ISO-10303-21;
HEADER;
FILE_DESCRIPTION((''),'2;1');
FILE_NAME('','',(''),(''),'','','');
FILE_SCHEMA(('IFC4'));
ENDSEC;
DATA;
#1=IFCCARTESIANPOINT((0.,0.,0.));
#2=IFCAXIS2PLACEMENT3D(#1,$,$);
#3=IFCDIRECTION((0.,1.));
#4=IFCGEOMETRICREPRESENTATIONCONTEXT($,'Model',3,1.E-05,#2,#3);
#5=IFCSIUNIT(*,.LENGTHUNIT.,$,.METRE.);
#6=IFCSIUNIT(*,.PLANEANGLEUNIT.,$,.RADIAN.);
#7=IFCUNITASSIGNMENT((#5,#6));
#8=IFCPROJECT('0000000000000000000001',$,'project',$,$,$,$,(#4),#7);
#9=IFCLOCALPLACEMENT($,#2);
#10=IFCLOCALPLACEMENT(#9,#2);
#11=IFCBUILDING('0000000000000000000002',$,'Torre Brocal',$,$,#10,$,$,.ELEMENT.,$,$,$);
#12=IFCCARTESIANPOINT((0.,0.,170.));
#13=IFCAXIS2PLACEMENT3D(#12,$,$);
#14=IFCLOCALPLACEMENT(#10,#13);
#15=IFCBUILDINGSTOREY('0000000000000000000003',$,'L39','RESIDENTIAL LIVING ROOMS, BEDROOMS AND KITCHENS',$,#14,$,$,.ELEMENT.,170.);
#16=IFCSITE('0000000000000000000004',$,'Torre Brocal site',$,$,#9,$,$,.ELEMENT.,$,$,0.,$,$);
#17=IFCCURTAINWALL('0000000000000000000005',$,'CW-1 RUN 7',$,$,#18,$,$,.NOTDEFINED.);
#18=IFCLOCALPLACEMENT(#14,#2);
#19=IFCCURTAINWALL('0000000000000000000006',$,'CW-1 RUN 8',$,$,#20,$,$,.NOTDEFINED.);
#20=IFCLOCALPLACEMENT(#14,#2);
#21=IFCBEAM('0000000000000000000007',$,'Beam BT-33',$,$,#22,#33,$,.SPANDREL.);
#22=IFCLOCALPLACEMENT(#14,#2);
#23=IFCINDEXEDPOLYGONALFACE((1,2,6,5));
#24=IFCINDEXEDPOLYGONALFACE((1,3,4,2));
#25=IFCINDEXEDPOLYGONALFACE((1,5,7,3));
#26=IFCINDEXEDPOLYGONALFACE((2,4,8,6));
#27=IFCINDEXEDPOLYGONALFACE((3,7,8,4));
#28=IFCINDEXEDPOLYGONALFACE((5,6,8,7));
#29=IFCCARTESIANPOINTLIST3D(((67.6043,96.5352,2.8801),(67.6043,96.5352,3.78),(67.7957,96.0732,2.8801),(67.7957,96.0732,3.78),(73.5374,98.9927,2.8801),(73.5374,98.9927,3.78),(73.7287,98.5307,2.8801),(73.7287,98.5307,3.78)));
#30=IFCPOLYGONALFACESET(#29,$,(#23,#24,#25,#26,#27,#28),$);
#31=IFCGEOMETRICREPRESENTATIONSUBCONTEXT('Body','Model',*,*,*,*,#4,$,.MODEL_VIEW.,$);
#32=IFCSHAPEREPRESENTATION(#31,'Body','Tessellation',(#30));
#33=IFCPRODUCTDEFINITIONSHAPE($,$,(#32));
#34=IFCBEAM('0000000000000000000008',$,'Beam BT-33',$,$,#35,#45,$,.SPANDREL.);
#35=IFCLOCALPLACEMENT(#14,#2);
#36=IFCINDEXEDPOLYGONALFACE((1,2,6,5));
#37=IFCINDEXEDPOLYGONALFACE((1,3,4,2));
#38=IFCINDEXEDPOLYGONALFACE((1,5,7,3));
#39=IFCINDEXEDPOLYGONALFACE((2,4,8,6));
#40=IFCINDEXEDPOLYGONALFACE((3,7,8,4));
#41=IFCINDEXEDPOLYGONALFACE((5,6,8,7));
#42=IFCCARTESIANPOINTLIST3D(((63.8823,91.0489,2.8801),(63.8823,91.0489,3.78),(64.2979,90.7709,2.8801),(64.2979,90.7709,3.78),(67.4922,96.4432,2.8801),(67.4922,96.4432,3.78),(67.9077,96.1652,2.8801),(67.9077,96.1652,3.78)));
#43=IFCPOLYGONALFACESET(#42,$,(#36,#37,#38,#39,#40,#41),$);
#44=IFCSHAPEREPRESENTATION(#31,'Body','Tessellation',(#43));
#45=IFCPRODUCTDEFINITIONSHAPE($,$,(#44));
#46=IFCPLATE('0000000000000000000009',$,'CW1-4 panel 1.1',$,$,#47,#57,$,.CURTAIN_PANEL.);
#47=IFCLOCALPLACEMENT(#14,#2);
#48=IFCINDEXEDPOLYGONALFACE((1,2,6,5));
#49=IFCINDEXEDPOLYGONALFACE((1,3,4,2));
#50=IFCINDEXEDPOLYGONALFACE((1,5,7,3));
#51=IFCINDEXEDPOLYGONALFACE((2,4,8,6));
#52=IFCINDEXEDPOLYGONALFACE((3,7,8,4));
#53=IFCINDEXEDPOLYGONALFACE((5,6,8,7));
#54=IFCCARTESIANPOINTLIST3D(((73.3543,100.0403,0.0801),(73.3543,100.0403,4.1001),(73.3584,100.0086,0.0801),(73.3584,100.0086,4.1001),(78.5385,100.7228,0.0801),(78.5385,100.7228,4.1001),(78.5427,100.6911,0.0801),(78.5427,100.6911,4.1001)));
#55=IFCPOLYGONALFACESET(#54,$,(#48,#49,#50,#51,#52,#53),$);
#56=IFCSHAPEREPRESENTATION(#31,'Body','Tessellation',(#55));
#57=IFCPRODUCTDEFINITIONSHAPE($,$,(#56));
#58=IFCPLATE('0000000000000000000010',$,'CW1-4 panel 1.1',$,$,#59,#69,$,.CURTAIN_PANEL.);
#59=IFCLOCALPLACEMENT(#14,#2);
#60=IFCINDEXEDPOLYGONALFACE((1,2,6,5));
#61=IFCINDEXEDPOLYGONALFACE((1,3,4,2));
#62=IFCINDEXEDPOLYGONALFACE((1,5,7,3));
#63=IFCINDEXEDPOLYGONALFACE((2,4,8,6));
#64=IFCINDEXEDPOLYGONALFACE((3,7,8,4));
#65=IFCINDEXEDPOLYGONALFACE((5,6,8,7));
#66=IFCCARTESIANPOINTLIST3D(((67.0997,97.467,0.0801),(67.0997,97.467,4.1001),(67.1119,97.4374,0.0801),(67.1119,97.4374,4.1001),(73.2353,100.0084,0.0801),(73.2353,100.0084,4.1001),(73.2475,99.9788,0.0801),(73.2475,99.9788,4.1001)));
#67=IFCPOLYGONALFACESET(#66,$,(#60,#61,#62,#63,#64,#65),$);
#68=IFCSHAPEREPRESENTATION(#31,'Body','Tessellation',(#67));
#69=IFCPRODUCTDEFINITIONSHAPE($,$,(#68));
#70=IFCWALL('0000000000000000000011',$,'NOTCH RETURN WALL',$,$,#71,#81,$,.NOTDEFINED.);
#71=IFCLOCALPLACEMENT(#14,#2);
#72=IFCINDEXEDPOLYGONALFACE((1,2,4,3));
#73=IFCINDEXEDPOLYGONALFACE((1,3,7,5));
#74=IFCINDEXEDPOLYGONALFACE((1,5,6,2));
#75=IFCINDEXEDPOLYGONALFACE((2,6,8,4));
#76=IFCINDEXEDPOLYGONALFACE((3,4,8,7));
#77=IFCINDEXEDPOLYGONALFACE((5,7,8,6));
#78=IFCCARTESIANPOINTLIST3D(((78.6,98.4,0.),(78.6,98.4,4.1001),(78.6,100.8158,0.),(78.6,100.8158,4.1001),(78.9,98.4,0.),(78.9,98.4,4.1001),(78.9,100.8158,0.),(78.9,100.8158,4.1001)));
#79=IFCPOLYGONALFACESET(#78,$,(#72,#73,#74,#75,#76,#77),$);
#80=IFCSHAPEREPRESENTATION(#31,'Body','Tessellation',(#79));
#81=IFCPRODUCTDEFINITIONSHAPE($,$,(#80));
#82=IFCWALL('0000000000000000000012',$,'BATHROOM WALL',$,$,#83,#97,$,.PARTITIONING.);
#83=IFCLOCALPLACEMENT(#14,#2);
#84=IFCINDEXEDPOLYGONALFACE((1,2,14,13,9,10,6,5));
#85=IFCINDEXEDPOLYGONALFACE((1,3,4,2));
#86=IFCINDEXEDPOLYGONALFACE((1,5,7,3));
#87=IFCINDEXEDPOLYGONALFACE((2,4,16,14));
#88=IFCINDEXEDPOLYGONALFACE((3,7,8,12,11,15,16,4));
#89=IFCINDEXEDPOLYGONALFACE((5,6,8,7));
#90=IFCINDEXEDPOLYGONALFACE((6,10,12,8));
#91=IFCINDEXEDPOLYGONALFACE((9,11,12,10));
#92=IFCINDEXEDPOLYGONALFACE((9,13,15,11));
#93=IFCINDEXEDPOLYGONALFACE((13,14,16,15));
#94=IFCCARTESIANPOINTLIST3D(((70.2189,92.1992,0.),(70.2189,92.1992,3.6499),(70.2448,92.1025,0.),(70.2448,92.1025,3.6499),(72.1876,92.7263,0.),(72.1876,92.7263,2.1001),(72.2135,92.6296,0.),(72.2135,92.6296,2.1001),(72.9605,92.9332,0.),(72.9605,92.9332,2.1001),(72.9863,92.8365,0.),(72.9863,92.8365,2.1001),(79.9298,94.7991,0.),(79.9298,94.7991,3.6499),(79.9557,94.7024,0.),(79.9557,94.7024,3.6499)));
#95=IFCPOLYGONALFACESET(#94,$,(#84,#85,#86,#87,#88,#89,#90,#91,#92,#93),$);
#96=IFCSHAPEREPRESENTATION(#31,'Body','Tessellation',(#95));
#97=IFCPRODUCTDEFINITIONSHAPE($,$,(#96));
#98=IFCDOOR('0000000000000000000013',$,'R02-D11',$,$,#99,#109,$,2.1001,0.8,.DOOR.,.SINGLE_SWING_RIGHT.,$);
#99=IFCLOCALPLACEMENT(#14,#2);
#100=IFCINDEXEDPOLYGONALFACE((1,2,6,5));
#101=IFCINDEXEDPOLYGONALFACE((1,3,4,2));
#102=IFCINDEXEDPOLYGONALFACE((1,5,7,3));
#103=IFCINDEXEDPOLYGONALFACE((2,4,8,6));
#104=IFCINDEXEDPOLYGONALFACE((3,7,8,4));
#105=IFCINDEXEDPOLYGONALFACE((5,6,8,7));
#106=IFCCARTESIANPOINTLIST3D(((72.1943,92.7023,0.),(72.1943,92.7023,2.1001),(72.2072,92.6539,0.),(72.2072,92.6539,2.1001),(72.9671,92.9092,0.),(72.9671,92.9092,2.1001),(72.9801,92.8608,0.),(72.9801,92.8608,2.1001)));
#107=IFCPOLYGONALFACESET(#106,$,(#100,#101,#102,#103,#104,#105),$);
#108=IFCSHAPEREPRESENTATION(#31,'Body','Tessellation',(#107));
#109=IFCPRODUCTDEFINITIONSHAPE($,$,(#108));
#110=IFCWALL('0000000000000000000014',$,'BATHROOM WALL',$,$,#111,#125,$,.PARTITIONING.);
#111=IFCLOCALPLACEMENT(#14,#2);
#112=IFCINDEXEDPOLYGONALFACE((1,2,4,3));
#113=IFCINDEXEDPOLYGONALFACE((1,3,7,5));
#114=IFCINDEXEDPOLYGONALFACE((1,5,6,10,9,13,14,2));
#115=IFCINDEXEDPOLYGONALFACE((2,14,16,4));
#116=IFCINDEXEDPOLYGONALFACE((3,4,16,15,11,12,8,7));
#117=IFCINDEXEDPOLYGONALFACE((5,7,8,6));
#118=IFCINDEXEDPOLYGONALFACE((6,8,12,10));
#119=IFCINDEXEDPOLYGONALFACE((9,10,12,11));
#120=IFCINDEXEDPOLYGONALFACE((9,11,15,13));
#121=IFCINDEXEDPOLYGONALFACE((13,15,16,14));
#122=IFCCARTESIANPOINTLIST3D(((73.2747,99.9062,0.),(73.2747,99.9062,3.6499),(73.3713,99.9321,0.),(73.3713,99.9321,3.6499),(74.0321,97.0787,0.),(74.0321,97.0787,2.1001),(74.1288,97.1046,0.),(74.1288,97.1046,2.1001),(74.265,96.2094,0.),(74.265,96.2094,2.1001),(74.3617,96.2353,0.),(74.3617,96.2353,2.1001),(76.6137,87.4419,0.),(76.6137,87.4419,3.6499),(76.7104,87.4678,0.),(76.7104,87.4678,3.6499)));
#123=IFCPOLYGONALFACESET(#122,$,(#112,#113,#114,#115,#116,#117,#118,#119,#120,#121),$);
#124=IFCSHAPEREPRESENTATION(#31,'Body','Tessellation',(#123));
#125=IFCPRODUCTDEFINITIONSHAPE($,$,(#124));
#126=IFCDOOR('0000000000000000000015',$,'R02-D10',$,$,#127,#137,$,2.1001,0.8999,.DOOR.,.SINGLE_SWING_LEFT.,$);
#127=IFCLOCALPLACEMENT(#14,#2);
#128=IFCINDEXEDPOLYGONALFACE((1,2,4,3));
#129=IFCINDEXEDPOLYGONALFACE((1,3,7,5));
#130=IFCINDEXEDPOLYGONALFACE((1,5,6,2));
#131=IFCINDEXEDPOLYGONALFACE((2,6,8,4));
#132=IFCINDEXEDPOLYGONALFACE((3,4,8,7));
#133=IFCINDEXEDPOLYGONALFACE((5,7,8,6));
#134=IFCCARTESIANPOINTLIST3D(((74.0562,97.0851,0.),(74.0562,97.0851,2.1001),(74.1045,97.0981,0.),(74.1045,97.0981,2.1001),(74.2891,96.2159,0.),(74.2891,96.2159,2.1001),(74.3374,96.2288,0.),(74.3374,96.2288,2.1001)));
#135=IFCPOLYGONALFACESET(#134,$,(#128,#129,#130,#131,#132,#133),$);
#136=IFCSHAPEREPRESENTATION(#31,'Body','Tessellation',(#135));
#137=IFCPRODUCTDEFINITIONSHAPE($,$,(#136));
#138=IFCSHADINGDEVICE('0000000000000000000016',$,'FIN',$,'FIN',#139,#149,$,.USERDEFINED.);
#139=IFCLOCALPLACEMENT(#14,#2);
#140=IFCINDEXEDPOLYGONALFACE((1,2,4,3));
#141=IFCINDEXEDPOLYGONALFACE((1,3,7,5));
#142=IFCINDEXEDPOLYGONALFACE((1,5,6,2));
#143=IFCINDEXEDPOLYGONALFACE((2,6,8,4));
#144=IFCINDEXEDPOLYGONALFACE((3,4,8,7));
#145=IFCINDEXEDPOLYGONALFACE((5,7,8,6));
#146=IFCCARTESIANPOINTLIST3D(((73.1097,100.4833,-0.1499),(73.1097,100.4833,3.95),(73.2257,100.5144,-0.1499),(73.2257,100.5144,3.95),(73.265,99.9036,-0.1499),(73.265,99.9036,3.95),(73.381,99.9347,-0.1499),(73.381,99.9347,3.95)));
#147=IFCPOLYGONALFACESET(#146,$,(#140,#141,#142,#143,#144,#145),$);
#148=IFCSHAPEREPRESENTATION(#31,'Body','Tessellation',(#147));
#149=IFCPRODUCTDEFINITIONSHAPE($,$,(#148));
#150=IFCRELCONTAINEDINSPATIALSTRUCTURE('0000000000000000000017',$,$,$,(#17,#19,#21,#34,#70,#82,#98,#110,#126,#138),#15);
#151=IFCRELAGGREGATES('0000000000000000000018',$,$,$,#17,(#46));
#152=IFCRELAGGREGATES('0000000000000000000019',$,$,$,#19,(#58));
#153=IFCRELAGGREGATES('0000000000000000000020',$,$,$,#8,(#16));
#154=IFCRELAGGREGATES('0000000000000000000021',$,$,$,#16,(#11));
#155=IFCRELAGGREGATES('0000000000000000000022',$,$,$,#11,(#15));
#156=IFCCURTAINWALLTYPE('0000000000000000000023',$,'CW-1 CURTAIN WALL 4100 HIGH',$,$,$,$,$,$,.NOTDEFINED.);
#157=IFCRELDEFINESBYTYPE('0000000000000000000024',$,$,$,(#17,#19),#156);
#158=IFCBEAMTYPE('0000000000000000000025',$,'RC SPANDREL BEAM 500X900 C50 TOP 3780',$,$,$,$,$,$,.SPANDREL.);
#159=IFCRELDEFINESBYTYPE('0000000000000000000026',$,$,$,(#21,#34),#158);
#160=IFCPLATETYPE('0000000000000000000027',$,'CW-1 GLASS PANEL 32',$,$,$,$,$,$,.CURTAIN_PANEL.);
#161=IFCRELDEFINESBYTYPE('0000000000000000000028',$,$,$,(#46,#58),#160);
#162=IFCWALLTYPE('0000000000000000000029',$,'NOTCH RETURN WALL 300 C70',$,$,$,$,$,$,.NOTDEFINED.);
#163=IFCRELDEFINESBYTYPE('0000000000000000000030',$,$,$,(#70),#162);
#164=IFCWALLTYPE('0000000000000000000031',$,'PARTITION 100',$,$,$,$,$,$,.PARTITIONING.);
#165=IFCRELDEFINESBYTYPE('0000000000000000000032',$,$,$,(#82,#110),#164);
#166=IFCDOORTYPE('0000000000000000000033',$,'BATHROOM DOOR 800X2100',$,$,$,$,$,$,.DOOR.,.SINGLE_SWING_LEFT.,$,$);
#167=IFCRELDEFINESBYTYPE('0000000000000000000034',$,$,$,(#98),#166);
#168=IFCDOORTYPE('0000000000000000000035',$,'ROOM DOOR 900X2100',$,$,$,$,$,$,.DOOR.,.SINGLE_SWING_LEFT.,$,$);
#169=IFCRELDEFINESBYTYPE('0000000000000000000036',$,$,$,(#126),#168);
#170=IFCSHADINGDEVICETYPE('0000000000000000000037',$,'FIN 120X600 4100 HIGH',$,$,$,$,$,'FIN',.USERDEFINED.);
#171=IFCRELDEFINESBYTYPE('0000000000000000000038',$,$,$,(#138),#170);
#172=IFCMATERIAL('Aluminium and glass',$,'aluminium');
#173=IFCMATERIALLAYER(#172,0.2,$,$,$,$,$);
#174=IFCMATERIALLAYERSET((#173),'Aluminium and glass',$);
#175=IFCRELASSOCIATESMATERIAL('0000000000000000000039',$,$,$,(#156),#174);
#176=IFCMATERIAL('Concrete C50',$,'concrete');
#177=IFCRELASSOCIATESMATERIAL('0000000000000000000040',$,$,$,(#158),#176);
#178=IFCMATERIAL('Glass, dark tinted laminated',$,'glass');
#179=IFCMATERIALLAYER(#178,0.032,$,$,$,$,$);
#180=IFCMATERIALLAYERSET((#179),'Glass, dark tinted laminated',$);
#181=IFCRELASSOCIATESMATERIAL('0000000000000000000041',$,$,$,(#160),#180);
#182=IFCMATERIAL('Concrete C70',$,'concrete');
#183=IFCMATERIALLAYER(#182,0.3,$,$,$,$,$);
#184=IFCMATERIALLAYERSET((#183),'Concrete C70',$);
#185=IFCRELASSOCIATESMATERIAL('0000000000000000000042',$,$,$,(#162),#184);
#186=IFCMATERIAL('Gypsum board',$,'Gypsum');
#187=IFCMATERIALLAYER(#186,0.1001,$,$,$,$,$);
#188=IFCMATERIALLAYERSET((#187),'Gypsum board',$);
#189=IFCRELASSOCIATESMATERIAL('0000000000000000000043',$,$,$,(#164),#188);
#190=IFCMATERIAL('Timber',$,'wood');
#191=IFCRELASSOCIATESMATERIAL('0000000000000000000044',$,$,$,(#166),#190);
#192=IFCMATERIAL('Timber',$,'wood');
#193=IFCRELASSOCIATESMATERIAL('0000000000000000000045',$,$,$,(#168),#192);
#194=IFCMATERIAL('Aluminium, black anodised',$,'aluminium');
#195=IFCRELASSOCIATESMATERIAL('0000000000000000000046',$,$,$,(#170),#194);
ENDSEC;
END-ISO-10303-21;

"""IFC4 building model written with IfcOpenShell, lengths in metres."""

from ifc_helpers import new_model, si_unit, direction, frame, frame_2d, origin, origin_2d, place, context, subcontext, project, spatial, rectangle, extrude, material, layer, layer_set, material_profile, profile_set, type_object, element, fill, aggregate, save


model = new_model("IFC4")

# Units and contexts
model_context = context("Model", 3, precision=1e-05, world=origin(), true_north=direction((0.0, 1.0)))
body_context = subcontext(model_context, "Body", "Model", "MODEL_VIEW")
ifc_project = project(units=[si_unit("LENGTHUNIT", "METRE"), si_unit("PLANEANGLEUNIT", "RADIAN")], contexts=[model_context])

# Site, building, storey
site_placement = place(None, origin())
site = spatial("IfcSite", under=ifc_project, at=site_placement, Name="Torre Brocal site", CompositionType="ELEMENT", RefElevation=0.0)
building_placement = place(site_placement, origin())
building = spatial("IfcBuilding", under=site, at=building_placement, Name="Torre Brocal", CompositionType="ELEMENT")
storey_placement = place(building_placement, frame((0.0, 0.0, 170.0)))
storey = spatial("IfcBuildingStorey", under=building, at=storey_placement, Name="L39", Description="RESIDENTIAL LIVING ROOMS, BEDROOMS AND KITCHENS", CompositionType="ELEMENT", Elevation=170.0)

# Curtain wall
ifc_material_1 = material(Name="Aluminium and glass", Category="aluminium")
ifc_layer_1 = layer(ifc_material_1, 0.2)
ifc_layer_set_1 = layer_set([ifc_layer_1], Name="Aluminium and glass")
curtain_wall_type = type_object("IfcCurtainWallType", Name="CW-1 CURTAIN WALL 4100 HIGH", PredefinedType="NOTDEFINED", material=ifc_layer_set_1)
curtain_wall_1_placement = place(storey_placement, origin())
curtain_wall_1 = element("IfcCurtainWall", 1, at=curtain_wall_1_placement, inside=storey, type_object=curtain_wall_type, Name="CW-1 RUN 7", PredefinedType="NOTDEFINED")

# Curtain wall
curtain_wall_2_placement = place(storey_placement, origin())
curtain_wall_2 = element("IfcCurtainWall", 2, at=curtain_wall_2_placement, inside=storey, type_object=curtain_wall_type, Name="CW-1 RUN 8", PredefinedType="NOTDEFINED")

# Beams
ifc_material_2 = material(Name="Concrete C50", Category="concrete")
ifc_material_profile_1 = material_profile(ifc_material_2, rectangle(XDim=0.5, YDim=0.8999, at=origin_2d()), Name="RC 500X900")
ifc_profile_set_1 = profile_set([ifc_material_profile_1], Name="Concrete C50")
beam_type_1 = type_object("IfcBeamType", Name="RC SPANDREL BEAM 500X900 C50 TOP 3780", PredefinedType="SPANDREL", material=ifc_profile_set_1)
beam_1_placement = place(storey_placement, frame((73.6331, 98.7617, 3.3301), z_axis=(-0.923882, -0.382676, 0.0), x_axis=(0.382676, -0.923882, 0.0)))
element("IfcBeam", 3, at=beam_1_placement, inside=storey, type_object=beam_type_1, Name="Beam BT-33", PredefinedType="SPANDREL", context=body_context, shape_type="SweptSolid", body=[
    extrude(rectangle(XDim=0.5, YDim=0.8999, at=origin_2d()), origin(), (0.0, 0.0, 1.0), 6.4219),
])
beam_2_placement = place(storey_placement, frame((67.7, 96.3042, 3.3301), z_axis=(-0.556158, -0.831077, 0.0), x_axis=(0.831077, -0.556158, 0.0)))
element("IfcBeam", 4, at=beam_2_placement, inside=storey, type_object=beam_type_1, Name="Beam BT-33", PredefinedType="SPANDREL", context=body_context, shape_type="SweptSolid", body=[
    extrude(rectangle(XDim=0.5, YDim=0.8999, at=origin_2d()), origin(), (0.0, 0.0, 1.0), 6.4907),
])

# Plates
ifc_material_3 = material(Name="Glass, dark tinted laminated", Category="glass")
ifc_layer_2 = layer(ifc_material_3, 0.032)
ifc_layer_set_2 = layer_set([ifc_layer_2], Name="Glass, dark tinted laminated")
plate_type = type_object("IfcPlateType", Name="CW-1 GLASS PANEL 32", PredefinedType="CURTAIN_PANEL", material=ifc_layer_set_2)
plate_1_placement = place(storey_placement, frame((75.9485, 100.3657, 0.0801), z_axis=(0.0, 0.0, 1.0), x_axis=(-0.991445, -0.130526, 0.0)))
plate_1 = element("IfcPlate", 5, at=plate_1_placement, type_object=plate_type, Name="CW1-4 panel 1.1", PredefinedType="CURTAIN_PANEL", context=body_context, shape_type="SweptSolid", body=[
    extrude(rectangle(XDim=5.229, YDim=0.032, at=origin_2d()), origin(), (0.0, 0.0, 1.0), 4.02),
])
aggregate(curtain_wall_1, [plate_1])
plate_2_placement = place(storey_placement, frame((70.1736, 98.7229, 0.0801), z_axis=(0.0, 0.0, 1.0), x_axis=(-0.92388, -0.382683, 0.0)))
plate_2 = element("IfcPlate", 6, at=plate_2_placement, type_object=plate_type, Name="CW1-4 panel 1.1", PredefinedType="CURTAIN_PANEL", context=body_context, shape_type="SweptSolid", body=[
    extrude(rectangle(XDim=6.6411, YDim=0.032, at=origin_2d()), origin(), (0.0, 0.0, 1.0), 4.02),
])
aggregate(curtain_wall_2, [plate_2])

# Wall
ifc_material_4 = material(Name="Concrete C70", Category="concrete")
ifc_layer_3 = layer(ifc_material_4, 0.3)
ifc_layer_set_3 = layer_set([ifc_layer_3], Name="Concrete C70")
wall_type_1 = type_object("IfcWallType", Name="NOTCH RETURN WALL 300 C70", PredefinedType="NOTDEFINED", material=ifc_layer_set_3)
wall_1_placement = place(storey_placement, frame((78.75, 98.3999, 0.0), z_axis=(0.0, 0.0, 1.0), x_axis=(0.0, 1.0, 0.0)))
element("IfcWall", 7, at=wall_1_placement, inside=storey, type_object=wall_type_1, Name="NOTCH RETURN WALL", PredefinedType="NOTDEFINED", context=body_context, shape_type="SweptSolid", body=[
    extrude(rectangle(XDim=2.4158, YDim=0.3, at=frame_2d((1.208, 0.0))), origin(), (0.0, 0.0, 1.0), 4.1001),
])

# Walls, openings, doors
ifc_material_5 = material(Name="Gypsum board", Category="Gypsum")
ifc_layer_4 = layer(ifc_material_5, 0.1001)
ifc_layer_set_4 = layer_set([ifc_layer_4], Name="Gypsum board")
wall_type_2 = type_object("IfcWallType", Name="PARTITION 100", PredefinedType="PARTITIONING", material=ifc_layer_set_4)
wall_2_placement = place(storey_placement, frame((70.2319, 92.1509, 0.0), z_axis=(0.0, 0.0, 1.0), x_axis=(0.96598, 0.258616, 0.0)))
wall_2 = element("IfcWall", 8, at=wall_2_placement, inside=storey, type_object=wall_type_2, Name="BATHROOM WALL", PredefinedType="PARTITIONING", context=body_context, shape_type="SweptSolid", body=[
    extrude(rectangle(XDim=10.053, YDim=0.1001, at=frame_2d((5.0264, 0.0))), origin(), (0.0, 0.0, 1.0), 3.6499),
])
opening_1_placement = place(wall_2_placement, frame((2.0381, 0.0, 0.0)))
opening_1 = element("IfcOpeningElement", 9, at=opening_1_placement, cuts=wall_2, PredefinedType="OPENING", context=body_context, shape_type="SweptSolid", body=[
    extrude(rectangle(XDim=0.8, YDim=2.1001, at=frame_2d((0.3999, 1.05))), frame((0.0, 0.0601, 0.0), z_axis=(0.0, -1.0, 0.0), x_axis=(1.0, 0.0, 0.0)), (0.0, 0.0, 1.0), 0.1201),
])
ifc_material_6 = material(Name="Timber", Category="wood")
door_type_1 = type_object("IfcDoorType", Name="BATHROOM DOOR 800X2100", OperationType="SINGLE_SWING_LEFT", PredefinedType="DOOR", material=ifc_material_6)
door_1_placement = place(opening_1_placement, frame((0.8, 0.0, 0.0), z_axis=(0.0, 0.0, 1.0), x_axis=(-1.0, 0.0, 0.0)))
door_1 = element("IfcDoor", 10, at=door_1_placement, inside=storey, type_object=door_type_1, Name="R02-D11", OperationType="SINGLE_SWING_RIGHT", OverallHeight=2.1001, OverallWidth=0.8, PredefinedType="DOOR", context=body_context, shape_type="SweptSolid", body=[
    extrude(rectangle(XDim=0.8, YDim=2.1001, at=frame_2d((0.3999, 1.05))), frame((0.0, 0.0249, 0.0), z_axis=(0.0, -1.0, 0.0), x_axis=(1.0, 0.0, 0.0)), (0.0, 0.0, 1.0), 0.05),
])
fill(opening_1, door_1)
wall_3_placement = place(storey_placement, frame((73.323, 99.9192, 0.0), z_axis=(0.0, 0.0, 1.0), x_axis=(0.258768, -0.965939, 0.0)))
wall_3 = element("IfcWall", 11, at=wall_3_placement, inside=storey, type_object=wall_type_2, Name="BATHROOM WALL", PredefinedType="PARTITIONING", context=body_context, shape_type="SweptSolid", body=[
    extrude(rectangle(XDim=12.9038, YDim=0.1001, at=frame_2d((6.4519, 0.0))), origin(), (0.0, 0.0, 1.0), 3.6499),
])
opening_2_placement = place(wall_3_placement, frame((2.9272, 0.0, 0.0)))
opening_2 = element("IfcOpeningElement", 12, at=opening_2_placement, cuts=wall_3, PredefinedType="OPENING", context=body_context, shape_type="SweptSolid", body=[
    extrude(rectangle(XDim=0.8999, YDim=2.1001, at=frame_2d((0.45, 1.05))), frame((0.0, 0.0601, 0.0), z_axis=(0.0, -1.0, 0.0), x_axis=(1.0, 0.0, 0.0)), (0.0, 0.0, 1.0), 0.1201),
])
ifc_material_7 = material(Name="Timber", Category="wood")
door_type_2 = type_object("IfcDoorType", Name="ROOM DOOR 900X2100", OperationType="SINGLE_SWING_LEFT", PredefinedType="DOOR", material=ifc_material_7)
door_2_placement = place(opening_2_placement, origin())
door_2 = element("IfcDoor", 13, at=door_2_placement, inside=storey, type_object=door_type_2, Name="R02-D10", OperationType="SINGLE_SWING_LEFT", OverallHeight=2.1001, OverallWidth=0.8999, PredefinedType="DOOR", context=body_context, shape_type="SweptSolid", body=[
    extrude(rectangle(XDim=0.8999, YDim=2.1001, at=frame_2d((0.45, 1.05))), frame((0.0, 0.0249, 0.0), z_axis=(0.0, -1.0, 0.0), x_axis=(1.0, 0.0, 0.0)), (0.0, 0.0, 1.0), 0.05),
])
fill(opening_2, door_2)

# Shading device
ifc_material_8 = material(Name="Aluminium, black anodised", Category="aluminium")
ifc_material_profile_2 = material_profile(ifc_material_8, rectangle(XDim=0.1201, YDim=0.6001, at=origin_2d()), Name="FIN 120X600 4100 HIGH")
ifc_profile_set_2 = profile_set([ifc_material_profile_2], Name="Aluminium, black anodised")
shading_device_type = type_object("IfcShadingDeviceType", Name="FIN 120X600 4100 HIGH", ElementType="FIN", PredefinedType="USERDEFINED", material=ifc_profile_set_2)
shading_device_placement = place(storey_placement, frame((73.2454, 100.209, -0.1499), z_axis=(0.0, 0.0, 1.0), x_axis=(-0.965926, -0.258819, 0.0)))
element("IfcShadingDevice", 14, at=shading_device_placement, inside=storey, type_object=shading_device_type, Name="FIN", ObjectType="FIN", PredefinedType="USERDEFINED", context=body_context, shape_type="SweptSolid", body=[
    extrude(rectangle(XDim=0.1201, YDim=0.6001, at=origin_2d()), origin(), (0.0, 0.0, 1.0), 4.0999),
])

save(model, "model.ifc")
